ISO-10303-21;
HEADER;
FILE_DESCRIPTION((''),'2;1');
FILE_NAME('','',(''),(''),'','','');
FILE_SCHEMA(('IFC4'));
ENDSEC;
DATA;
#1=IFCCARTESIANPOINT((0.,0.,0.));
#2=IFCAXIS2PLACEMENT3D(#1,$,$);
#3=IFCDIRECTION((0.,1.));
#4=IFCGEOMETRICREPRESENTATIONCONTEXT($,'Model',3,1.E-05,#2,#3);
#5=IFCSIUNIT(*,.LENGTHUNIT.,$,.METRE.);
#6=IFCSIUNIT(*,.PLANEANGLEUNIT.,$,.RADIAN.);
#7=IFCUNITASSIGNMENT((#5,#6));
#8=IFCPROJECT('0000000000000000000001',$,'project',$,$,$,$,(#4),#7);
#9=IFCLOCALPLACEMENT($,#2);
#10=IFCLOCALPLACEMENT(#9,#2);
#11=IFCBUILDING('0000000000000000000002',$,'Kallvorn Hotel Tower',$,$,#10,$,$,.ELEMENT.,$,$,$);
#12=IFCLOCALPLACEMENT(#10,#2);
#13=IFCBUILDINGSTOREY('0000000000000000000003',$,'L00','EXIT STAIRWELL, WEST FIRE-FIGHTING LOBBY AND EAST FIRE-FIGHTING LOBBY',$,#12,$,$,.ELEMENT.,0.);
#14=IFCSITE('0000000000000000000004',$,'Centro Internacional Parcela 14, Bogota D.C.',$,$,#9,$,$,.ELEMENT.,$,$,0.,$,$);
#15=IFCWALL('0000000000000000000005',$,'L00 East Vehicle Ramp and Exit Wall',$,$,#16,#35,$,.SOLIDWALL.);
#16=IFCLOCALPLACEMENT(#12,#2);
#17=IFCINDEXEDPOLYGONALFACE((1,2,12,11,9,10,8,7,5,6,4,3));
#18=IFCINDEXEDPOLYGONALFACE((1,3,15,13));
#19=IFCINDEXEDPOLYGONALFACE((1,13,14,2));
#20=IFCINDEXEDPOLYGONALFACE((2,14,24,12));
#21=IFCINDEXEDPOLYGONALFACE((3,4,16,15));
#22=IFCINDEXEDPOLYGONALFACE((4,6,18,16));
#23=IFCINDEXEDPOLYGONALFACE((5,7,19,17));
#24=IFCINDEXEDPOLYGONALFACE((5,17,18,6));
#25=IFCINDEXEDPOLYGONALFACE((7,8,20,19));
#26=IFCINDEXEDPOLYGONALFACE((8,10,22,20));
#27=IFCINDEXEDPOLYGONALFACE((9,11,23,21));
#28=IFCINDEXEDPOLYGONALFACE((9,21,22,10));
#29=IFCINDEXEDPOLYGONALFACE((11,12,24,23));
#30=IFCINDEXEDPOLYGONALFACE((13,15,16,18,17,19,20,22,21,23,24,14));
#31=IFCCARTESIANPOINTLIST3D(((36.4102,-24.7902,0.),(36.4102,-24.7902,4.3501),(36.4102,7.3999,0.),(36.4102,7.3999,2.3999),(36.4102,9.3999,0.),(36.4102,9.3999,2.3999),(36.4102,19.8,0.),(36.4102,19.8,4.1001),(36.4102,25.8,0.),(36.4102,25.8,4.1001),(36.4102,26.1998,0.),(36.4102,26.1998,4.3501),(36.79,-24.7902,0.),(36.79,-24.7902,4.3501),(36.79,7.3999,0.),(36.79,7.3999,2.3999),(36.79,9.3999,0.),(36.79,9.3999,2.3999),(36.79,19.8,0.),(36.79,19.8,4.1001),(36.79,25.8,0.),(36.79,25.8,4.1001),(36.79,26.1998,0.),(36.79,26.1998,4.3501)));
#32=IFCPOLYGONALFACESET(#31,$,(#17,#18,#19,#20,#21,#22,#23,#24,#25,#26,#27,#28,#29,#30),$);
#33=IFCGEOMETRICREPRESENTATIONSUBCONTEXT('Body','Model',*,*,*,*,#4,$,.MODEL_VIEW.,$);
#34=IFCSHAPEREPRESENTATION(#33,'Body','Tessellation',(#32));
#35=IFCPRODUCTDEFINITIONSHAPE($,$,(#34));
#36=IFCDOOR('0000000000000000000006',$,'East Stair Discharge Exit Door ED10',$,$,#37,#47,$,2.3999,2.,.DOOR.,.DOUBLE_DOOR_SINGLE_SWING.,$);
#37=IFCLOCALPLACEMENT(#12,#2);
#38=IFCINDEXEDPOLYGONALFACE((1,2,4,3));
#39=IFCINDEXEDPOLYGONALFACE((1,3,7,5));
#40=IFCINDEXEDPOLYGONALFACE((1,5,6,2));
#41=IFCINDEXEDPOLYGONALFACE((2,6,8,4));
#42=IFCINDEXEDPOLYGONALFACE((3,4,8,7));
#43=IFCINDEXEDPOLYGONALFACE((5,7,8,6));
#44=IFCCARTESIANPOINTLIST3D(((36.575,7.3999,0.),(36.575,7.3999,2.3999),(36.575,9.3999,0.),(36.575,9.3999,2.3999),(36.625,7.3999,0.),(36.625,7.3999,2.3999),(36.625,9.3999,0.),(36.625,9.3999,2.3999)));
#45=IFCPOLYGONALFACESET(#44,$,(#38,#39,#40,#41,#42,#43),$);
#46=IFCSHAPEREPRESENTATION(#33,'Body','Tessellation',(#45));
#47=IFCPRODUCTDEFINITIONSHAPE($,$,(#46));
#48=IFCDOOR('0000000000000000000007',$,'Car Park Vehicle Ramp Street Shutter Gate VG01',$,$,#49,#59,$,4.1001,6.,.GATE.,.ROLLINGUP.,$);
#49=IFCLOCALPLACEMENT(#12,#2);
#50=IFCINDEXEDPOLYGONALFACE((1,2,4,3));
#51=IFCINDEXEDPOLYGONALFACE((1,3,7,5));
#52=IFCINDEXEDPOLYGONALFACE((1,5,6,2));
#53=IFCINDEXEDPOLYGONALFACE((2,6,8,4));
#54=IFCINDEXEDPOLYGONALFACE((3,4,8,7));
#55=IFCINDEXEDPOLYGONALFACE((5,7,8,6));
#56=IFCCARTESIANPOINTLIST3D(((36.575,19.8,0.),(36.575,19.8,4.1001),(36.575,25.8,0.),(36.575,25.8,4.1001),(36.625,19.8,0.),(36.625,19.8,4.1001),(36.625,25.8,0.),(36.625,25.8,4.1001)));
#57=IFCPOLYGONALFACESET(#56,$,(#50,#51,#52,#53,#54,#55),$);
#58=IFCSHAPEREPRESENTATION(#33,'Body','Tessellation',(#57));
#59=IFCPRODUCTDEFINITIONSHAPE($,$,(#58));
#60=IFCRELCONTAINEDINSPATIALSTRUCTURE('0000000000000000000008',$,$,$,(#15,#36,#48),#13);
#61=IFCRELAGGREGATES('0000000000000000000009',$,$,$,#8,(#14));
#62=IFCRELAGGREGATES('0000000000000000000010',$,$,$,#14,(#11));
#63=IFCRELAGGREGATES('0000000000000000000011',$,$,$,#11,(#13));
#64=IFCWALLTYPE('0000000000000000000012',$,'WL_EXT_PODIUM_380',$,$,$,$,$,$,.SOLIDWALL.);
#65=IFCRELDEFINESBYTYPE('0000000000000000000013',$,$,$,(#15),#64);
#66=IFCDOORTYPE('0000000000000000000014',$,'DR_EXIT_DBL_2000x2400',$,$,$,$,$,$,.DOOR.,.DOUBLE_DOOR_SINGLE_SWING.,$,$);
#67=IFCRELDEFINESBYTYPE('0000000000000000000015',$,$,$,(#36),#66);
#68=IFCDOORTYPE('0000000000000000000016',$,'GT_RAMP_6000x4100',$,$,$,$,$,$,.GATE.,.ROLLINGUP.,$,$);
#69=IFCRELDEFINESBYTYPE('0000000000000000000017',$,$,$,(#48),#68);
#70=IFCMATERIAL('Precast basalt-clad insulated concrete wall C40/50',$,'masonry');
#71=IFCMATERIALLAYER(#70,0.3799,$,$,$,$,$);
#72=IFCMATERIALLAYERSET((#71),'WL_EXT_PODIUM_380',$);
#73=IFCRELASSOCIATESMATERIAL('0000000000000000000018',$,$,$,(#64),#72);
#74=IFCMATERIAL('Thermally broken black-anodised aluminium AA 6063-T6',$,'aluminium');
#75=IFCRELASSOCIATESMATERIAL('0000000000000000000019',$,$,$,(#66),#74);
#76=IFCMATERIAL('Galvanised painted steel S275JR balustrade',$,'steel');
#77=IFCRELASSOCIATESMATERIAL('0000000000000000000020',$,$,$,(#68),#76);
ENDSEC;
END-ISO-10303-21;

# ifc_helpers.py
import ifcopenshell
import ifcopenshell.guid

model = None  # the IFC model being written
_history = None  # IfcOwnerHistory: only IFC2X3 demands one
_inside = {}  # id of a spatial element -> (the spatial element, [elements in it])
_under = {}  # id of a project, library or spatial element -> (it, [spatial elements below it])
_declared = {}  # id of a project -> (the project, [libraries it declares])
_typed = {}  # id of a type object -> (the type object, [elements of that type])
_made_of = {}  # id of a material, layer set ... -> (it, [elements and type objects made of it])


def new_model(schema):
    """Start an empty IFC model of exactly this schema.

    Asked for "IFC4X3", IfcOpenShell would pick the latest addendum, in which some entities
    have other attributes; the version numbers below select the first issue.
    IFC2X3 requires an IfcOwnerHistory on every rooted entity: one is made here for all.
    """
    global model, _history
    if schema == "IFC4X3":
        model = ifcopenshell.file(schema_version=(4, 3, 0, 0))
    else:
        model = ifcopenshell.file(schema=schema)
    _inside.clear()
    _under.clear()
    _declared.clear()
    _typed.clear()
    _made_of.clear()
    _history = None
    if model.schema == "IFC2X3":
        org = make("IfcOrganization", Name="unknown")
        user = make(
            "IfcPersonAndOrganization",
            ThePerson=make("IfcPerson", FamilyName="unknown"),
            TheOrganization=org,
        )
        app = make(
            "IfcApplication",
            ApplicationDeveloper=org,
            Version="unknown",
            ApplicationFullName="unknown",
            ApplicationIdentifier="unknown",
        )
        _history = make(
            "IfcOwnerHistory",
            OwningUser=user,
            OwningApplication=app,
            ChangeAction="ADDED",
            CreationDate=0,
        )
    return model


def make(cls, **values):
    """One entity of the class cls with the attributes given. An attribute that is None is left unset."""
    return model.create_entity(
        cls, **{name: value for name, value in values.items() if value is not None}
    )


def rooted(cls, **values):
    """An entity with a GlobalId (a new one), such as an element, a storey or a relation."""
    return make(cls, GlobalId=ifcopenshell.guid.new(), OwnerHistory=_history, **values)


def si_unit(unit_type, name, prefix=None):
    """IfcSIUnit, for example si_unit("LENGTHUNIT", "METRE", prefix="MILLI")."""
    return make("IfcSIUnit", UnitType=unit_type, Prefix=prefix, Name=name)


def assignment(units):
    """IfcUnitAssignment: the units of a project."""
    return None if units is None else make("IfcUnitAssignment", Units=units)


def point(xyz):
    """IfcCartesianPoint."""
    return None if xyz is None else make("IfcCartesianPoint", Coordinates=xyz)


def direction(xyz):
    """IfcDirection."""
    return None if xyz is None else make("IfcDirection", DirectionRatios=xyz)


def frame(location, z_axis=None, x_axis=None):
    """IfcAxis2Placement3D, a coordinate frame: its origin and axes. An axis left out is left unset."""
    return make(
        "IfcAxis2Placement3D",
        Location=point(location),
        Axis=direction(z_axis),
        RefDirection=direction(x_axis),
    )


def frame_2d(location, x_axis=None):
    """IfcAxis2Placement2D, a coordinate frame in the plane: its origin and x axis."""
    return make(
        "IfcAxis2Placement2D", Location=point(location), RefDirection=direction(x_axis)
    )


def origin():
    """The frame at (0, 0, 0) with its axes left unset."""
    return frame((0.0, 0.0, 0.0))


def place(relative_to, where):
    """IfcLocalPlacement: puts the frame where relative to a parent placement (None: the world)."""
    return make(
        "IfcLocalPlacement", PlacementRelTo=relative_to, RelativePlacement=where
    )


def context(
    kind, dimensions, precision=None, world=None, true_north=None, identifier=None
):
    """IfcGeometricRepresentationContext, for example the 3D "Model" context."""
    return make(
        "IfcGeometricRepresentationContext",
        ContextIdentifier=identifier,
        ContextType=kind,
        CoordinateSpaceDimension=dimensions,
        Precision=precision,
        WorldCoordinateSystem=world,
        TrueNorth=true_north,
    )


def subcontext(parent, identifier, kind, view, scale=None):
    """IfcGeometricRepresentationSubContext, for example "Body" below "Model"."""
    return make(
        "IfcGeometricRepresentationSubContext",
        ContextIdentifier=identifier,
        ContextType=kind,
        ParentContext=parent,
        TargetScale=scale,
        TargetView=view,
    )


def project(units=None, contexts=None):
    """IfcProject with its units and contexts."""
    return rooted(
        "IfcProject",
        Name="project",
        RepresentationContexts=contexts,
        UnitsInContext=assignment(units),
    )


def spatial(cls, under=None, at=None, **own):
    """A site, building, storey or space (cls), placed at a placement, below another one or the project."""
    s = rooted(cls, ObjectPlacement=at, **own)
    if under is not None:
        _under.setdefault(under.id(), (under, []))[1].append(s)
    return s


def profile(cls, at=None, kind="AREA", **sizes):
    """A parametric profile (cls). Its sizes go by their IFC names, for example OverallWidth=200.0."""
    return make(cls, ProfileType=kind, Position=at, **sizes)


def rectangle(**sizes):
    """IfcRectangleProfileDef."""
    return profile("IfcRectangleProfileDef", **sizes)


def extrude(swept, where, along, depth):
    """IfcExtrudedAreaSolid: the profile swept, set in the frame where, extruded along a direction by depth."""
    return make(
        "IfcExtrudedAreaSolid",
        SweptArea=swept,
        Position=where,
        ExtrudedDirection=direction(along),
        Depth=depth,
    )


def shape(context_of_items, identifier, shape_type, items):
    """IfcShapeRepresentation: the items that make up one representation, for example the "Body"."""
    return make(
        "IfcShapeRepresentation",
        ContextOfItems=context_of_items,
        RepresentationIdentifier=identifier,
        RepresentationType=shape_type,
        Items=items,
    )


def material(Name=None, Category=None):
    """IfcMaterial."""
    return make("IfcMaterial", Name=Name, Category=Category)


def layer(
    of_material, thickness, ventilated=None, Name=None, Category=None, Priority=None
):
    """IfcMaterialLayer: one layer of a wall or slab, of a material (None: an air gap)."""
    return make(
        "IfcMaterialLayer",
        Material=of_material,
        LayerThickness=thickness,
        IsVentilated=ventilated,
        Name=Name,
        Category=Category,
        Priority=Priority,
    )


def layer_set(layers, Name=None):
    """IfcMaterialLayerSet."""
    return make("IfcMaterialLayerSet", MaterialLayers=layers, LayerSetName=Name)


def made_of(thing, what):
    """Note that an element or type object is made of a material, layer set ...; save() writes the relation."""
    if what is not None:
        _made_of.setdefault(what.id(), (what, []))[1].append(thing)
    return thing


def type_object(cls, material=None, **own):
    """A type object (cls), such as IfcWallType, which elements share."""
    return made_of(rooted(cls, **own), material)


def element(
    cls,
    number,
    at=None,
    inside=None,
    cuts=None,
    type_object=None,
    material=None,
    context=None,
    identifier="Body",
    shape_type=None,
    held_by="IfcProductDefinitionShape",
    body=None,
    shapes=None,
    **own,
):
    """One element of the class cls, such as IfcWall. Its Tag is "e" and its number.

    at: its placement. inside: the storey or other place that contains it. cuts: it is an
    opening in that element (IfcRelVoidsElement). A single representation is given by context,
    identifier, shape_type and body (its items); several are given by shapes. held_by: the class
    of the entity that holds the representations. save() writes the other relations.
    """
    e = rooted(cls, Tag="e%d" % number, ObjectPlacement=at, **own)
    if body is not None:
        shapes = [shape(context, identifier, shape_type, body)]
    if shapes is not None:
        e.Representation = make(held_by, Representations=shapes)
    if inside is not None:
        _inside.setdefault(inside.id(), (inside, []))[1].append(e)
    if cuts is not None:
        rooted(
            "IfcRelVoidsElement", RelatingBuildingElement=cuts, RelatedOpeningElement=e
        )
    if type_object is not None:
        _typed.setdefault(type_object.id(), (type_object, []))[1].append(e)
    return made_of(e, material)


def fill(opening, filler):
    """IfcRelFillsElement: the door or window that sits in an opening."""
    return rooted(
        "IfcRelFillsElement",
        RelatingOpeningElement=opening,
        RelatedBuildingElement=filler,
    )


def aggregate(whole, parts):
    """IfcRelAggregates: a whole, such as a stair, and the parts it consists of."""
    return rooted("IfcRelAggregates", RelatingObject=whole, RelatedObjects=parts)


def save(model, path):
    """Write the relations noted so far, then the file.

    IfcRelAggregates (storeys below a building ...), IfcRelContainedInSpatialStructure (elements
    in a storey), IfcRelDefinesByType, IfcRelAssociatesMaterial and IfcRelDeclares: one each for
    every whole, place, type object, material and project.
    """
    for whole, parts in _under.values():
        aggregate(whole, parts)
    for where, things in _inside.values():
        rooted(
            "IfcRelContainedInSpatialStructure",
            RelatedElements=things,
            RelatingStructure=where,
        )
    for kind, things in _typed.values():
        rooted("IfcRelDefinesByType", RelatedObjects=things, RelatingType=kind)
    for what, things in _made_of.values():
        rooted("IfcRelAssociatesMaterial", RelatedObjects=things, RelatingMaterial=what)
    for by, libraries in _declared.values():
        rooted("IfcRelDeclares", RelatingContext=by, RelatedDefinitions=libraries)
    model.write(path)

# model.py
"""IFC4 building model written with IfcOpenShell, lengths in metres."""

from ifc_helpers import new_model, si_unit, direction, frame, frame_2d, origin, place, context, subcontext, project, spatial, rectangle, extrude, material, layer, layer_set, type_object, element, fill, save


model = new_model("IFC4")

# Units and contexts
model_context = context("Model", 3, precision=1e-05, world=origin(), true_north=direction((0.0, 1.0)))
body_context = subcontext(model_context, "Body", "Model", "MODEL_VIEW")
ifc_project = project(units=[si_unit("LENGTHUNIT", "METRE"), si_unit("PLANEANGLEUNIT", "RADIAN")], contexts=[model_context])

# Site, building, storey
site_placement = place(None, origin())
site = spatial("IfcSite", under=ifc_project, at=site_placement, Name="Centro Internacional Parcela 14, Bogota D.C.", CompositionType="ELEMENT", RefElevation=0.0)
building_placement = place(site_placement, origin())
building = spatial("IfcBuilding", under=site, at=building_placement, Name="Kallvorn Hotel Tower", CompositionType="ELEMENT")
storey_placement = place(building_placement, origin())
storey = spatial("IfcBuildingStorey", under=building, at=storey_placement, Name="L00", Description="EXIT STAIRWELL, WEST FIRE-FIGHTING LOBBY AND EAST FIRE-FIGHTING LOBBY", CompositionType="ELEMENT", Elevation=0.0)

# Wall, openings, doors
ifc_material_1 = material(Name="Precast basalt-clad insulated concrete wall C40/50", Category="masonry")
ifc_layer_1 = layer(ifc_material_1, 0.3799)
ifc_layer_set_1 = layer_set([ifc_layer_1], Name="WL_EXT_PODIUM_380")
wall_type = type_object("IfcWallType", Name="WL_EXT_PODIUM_380", PredefinedType="SOLIDWALL", material=ifc_layer_set_1)
wall_placement = place(storey_placement, frame((36.6001, 26.2, 0.0), z_axis=(0.0, 0.0, 1.0), x_axis=(0.0, -1.0, 0.0)))
wall = element("IfcWall", 1, at=wall_placement, inside=storey, type_object=wall_type, Name="L00 East Vehicle Ramp and Exit Wall", PredefinedType="SOLIDWALL", context=body_context, shape_type="SweptSolid", body=[
    extrude(rectangle(XDim=50.99, YDim=0.3799, at=frame_2d((25.4951, 0.0))), origin(), (0.0, 0.0, 1.0), 4.3501),
])
opening_1_placement = place(wall_placement, frame((16.8, 0.0, 0.0)))
opening_1 = element("IfcOpeningElement", 2, at=opening_1_placement, cuts=wall, PredefinedType="OPENING", context=body_context, shape_type="SweptSolid", body=[
    extrude(rectangle(XDim=2.0, YDim=2.3999, at=frame_2d((1.0, 1.2))), frame((0.0, 0.2048, 0.0), z_axis=(0.0, -1.0, 0.0), x_axis=(1.0, 0.0, 0.0)), (0.0, 0.0, 1.0), 0.4099),
])
opening_2_placement = place(wall_placement, frame((0.3999, 0.0, 0.0)))
opening_2 = element("IfcOpeningElement", 3, at=opening_2_placement, cuts=wall, PredefinedType="OPENING", context=body_context, shape_type="SweptSolid", body=[
    extrude(rectangle(XDim=6.0, YDim=4.1001, at=frame_2d((3.0, 2.05))), frame((0.0, 0.2048, 0.0), z_axis=(0.0, -1.0, 0.0), x_axis=(1.0, 0.0, 0.0)), (0.0, 0.0, 1.0), 0.4099),
])
ifc_material_2 = material(Name="Thermally broken black-anodised aluminium AA 6063-T6", Category="aluminium")
door_type_1 = type_object("IfcDoorType", Name="DR_EXIT_DBL_2000x2400", OperationType="DOUBLE_DOOR_SINGLE_SWING", PredefinedType="DOOR", material=ifc_material_2)
door_1_placement = place(opening_1_placement, origin())
door_1 = element("IfcDoor", 4, at=door_1_placement, inside=storey, type_object=door_type_1, Name="East Stair Discharge Exit Door ED10", OperationType="DOUBLE_DOOR_SINGLE_SWING", OverallHeight=2.3999, OverallWidth=2.0, PredefinedType="DOOR", context=body_context, shape_type="SweptSolid", body=[
    extrude(rectangle(XDim=2.0, YDim=2.3999, at=frame_2d((1.0, 1.2))), frame((0.0, 0.0249, 0.0), z_axis=(0.0, -1.0, 0.0), x_axis=(1.0, 0.0, 0.0)), (0.0, 0.0, 1.0), 0.05),
])
fill(opening_1, door_1)
ifc_material_3 = material(Name="Galvanised painted steel S275JR balustrade", Category="steel")
door_type_2 = type_object("IfcDoorType", Name="GT_RAMP_6000x4100", OperationType="ROLLINGUP", PredefinedType="GATE", material=ifc_material_3)
door_2_placement = place(opening_2_placement, origin())
door_2 = element("IfcDoor", 5, at=door_2_placement, inside=storey, type_object=door_type_2, Name="Car Park Vehicle Ramp Street Shutter Gate VG01", OperationType="ROLLINGUP", OverallHeight=4.1001, OverallWidth=6.0, PredefinedType="GATE", context=body_context, shape_type="SweptSolid", body=[
    extrude(rectangle(XDim=6.0, YDim=4.1001, at=frame_2d((3.0, 2.05))), frame((0.0, 0.0249, 0.0), z_axis=(0.0, -1.0, 0.0), x_axis=(1.0, 0.0, 0.0)), (0.0, 0.0, 1.0), 0.05),
])
fill(opening_2, door_2)

save(model, "model.ifc")
